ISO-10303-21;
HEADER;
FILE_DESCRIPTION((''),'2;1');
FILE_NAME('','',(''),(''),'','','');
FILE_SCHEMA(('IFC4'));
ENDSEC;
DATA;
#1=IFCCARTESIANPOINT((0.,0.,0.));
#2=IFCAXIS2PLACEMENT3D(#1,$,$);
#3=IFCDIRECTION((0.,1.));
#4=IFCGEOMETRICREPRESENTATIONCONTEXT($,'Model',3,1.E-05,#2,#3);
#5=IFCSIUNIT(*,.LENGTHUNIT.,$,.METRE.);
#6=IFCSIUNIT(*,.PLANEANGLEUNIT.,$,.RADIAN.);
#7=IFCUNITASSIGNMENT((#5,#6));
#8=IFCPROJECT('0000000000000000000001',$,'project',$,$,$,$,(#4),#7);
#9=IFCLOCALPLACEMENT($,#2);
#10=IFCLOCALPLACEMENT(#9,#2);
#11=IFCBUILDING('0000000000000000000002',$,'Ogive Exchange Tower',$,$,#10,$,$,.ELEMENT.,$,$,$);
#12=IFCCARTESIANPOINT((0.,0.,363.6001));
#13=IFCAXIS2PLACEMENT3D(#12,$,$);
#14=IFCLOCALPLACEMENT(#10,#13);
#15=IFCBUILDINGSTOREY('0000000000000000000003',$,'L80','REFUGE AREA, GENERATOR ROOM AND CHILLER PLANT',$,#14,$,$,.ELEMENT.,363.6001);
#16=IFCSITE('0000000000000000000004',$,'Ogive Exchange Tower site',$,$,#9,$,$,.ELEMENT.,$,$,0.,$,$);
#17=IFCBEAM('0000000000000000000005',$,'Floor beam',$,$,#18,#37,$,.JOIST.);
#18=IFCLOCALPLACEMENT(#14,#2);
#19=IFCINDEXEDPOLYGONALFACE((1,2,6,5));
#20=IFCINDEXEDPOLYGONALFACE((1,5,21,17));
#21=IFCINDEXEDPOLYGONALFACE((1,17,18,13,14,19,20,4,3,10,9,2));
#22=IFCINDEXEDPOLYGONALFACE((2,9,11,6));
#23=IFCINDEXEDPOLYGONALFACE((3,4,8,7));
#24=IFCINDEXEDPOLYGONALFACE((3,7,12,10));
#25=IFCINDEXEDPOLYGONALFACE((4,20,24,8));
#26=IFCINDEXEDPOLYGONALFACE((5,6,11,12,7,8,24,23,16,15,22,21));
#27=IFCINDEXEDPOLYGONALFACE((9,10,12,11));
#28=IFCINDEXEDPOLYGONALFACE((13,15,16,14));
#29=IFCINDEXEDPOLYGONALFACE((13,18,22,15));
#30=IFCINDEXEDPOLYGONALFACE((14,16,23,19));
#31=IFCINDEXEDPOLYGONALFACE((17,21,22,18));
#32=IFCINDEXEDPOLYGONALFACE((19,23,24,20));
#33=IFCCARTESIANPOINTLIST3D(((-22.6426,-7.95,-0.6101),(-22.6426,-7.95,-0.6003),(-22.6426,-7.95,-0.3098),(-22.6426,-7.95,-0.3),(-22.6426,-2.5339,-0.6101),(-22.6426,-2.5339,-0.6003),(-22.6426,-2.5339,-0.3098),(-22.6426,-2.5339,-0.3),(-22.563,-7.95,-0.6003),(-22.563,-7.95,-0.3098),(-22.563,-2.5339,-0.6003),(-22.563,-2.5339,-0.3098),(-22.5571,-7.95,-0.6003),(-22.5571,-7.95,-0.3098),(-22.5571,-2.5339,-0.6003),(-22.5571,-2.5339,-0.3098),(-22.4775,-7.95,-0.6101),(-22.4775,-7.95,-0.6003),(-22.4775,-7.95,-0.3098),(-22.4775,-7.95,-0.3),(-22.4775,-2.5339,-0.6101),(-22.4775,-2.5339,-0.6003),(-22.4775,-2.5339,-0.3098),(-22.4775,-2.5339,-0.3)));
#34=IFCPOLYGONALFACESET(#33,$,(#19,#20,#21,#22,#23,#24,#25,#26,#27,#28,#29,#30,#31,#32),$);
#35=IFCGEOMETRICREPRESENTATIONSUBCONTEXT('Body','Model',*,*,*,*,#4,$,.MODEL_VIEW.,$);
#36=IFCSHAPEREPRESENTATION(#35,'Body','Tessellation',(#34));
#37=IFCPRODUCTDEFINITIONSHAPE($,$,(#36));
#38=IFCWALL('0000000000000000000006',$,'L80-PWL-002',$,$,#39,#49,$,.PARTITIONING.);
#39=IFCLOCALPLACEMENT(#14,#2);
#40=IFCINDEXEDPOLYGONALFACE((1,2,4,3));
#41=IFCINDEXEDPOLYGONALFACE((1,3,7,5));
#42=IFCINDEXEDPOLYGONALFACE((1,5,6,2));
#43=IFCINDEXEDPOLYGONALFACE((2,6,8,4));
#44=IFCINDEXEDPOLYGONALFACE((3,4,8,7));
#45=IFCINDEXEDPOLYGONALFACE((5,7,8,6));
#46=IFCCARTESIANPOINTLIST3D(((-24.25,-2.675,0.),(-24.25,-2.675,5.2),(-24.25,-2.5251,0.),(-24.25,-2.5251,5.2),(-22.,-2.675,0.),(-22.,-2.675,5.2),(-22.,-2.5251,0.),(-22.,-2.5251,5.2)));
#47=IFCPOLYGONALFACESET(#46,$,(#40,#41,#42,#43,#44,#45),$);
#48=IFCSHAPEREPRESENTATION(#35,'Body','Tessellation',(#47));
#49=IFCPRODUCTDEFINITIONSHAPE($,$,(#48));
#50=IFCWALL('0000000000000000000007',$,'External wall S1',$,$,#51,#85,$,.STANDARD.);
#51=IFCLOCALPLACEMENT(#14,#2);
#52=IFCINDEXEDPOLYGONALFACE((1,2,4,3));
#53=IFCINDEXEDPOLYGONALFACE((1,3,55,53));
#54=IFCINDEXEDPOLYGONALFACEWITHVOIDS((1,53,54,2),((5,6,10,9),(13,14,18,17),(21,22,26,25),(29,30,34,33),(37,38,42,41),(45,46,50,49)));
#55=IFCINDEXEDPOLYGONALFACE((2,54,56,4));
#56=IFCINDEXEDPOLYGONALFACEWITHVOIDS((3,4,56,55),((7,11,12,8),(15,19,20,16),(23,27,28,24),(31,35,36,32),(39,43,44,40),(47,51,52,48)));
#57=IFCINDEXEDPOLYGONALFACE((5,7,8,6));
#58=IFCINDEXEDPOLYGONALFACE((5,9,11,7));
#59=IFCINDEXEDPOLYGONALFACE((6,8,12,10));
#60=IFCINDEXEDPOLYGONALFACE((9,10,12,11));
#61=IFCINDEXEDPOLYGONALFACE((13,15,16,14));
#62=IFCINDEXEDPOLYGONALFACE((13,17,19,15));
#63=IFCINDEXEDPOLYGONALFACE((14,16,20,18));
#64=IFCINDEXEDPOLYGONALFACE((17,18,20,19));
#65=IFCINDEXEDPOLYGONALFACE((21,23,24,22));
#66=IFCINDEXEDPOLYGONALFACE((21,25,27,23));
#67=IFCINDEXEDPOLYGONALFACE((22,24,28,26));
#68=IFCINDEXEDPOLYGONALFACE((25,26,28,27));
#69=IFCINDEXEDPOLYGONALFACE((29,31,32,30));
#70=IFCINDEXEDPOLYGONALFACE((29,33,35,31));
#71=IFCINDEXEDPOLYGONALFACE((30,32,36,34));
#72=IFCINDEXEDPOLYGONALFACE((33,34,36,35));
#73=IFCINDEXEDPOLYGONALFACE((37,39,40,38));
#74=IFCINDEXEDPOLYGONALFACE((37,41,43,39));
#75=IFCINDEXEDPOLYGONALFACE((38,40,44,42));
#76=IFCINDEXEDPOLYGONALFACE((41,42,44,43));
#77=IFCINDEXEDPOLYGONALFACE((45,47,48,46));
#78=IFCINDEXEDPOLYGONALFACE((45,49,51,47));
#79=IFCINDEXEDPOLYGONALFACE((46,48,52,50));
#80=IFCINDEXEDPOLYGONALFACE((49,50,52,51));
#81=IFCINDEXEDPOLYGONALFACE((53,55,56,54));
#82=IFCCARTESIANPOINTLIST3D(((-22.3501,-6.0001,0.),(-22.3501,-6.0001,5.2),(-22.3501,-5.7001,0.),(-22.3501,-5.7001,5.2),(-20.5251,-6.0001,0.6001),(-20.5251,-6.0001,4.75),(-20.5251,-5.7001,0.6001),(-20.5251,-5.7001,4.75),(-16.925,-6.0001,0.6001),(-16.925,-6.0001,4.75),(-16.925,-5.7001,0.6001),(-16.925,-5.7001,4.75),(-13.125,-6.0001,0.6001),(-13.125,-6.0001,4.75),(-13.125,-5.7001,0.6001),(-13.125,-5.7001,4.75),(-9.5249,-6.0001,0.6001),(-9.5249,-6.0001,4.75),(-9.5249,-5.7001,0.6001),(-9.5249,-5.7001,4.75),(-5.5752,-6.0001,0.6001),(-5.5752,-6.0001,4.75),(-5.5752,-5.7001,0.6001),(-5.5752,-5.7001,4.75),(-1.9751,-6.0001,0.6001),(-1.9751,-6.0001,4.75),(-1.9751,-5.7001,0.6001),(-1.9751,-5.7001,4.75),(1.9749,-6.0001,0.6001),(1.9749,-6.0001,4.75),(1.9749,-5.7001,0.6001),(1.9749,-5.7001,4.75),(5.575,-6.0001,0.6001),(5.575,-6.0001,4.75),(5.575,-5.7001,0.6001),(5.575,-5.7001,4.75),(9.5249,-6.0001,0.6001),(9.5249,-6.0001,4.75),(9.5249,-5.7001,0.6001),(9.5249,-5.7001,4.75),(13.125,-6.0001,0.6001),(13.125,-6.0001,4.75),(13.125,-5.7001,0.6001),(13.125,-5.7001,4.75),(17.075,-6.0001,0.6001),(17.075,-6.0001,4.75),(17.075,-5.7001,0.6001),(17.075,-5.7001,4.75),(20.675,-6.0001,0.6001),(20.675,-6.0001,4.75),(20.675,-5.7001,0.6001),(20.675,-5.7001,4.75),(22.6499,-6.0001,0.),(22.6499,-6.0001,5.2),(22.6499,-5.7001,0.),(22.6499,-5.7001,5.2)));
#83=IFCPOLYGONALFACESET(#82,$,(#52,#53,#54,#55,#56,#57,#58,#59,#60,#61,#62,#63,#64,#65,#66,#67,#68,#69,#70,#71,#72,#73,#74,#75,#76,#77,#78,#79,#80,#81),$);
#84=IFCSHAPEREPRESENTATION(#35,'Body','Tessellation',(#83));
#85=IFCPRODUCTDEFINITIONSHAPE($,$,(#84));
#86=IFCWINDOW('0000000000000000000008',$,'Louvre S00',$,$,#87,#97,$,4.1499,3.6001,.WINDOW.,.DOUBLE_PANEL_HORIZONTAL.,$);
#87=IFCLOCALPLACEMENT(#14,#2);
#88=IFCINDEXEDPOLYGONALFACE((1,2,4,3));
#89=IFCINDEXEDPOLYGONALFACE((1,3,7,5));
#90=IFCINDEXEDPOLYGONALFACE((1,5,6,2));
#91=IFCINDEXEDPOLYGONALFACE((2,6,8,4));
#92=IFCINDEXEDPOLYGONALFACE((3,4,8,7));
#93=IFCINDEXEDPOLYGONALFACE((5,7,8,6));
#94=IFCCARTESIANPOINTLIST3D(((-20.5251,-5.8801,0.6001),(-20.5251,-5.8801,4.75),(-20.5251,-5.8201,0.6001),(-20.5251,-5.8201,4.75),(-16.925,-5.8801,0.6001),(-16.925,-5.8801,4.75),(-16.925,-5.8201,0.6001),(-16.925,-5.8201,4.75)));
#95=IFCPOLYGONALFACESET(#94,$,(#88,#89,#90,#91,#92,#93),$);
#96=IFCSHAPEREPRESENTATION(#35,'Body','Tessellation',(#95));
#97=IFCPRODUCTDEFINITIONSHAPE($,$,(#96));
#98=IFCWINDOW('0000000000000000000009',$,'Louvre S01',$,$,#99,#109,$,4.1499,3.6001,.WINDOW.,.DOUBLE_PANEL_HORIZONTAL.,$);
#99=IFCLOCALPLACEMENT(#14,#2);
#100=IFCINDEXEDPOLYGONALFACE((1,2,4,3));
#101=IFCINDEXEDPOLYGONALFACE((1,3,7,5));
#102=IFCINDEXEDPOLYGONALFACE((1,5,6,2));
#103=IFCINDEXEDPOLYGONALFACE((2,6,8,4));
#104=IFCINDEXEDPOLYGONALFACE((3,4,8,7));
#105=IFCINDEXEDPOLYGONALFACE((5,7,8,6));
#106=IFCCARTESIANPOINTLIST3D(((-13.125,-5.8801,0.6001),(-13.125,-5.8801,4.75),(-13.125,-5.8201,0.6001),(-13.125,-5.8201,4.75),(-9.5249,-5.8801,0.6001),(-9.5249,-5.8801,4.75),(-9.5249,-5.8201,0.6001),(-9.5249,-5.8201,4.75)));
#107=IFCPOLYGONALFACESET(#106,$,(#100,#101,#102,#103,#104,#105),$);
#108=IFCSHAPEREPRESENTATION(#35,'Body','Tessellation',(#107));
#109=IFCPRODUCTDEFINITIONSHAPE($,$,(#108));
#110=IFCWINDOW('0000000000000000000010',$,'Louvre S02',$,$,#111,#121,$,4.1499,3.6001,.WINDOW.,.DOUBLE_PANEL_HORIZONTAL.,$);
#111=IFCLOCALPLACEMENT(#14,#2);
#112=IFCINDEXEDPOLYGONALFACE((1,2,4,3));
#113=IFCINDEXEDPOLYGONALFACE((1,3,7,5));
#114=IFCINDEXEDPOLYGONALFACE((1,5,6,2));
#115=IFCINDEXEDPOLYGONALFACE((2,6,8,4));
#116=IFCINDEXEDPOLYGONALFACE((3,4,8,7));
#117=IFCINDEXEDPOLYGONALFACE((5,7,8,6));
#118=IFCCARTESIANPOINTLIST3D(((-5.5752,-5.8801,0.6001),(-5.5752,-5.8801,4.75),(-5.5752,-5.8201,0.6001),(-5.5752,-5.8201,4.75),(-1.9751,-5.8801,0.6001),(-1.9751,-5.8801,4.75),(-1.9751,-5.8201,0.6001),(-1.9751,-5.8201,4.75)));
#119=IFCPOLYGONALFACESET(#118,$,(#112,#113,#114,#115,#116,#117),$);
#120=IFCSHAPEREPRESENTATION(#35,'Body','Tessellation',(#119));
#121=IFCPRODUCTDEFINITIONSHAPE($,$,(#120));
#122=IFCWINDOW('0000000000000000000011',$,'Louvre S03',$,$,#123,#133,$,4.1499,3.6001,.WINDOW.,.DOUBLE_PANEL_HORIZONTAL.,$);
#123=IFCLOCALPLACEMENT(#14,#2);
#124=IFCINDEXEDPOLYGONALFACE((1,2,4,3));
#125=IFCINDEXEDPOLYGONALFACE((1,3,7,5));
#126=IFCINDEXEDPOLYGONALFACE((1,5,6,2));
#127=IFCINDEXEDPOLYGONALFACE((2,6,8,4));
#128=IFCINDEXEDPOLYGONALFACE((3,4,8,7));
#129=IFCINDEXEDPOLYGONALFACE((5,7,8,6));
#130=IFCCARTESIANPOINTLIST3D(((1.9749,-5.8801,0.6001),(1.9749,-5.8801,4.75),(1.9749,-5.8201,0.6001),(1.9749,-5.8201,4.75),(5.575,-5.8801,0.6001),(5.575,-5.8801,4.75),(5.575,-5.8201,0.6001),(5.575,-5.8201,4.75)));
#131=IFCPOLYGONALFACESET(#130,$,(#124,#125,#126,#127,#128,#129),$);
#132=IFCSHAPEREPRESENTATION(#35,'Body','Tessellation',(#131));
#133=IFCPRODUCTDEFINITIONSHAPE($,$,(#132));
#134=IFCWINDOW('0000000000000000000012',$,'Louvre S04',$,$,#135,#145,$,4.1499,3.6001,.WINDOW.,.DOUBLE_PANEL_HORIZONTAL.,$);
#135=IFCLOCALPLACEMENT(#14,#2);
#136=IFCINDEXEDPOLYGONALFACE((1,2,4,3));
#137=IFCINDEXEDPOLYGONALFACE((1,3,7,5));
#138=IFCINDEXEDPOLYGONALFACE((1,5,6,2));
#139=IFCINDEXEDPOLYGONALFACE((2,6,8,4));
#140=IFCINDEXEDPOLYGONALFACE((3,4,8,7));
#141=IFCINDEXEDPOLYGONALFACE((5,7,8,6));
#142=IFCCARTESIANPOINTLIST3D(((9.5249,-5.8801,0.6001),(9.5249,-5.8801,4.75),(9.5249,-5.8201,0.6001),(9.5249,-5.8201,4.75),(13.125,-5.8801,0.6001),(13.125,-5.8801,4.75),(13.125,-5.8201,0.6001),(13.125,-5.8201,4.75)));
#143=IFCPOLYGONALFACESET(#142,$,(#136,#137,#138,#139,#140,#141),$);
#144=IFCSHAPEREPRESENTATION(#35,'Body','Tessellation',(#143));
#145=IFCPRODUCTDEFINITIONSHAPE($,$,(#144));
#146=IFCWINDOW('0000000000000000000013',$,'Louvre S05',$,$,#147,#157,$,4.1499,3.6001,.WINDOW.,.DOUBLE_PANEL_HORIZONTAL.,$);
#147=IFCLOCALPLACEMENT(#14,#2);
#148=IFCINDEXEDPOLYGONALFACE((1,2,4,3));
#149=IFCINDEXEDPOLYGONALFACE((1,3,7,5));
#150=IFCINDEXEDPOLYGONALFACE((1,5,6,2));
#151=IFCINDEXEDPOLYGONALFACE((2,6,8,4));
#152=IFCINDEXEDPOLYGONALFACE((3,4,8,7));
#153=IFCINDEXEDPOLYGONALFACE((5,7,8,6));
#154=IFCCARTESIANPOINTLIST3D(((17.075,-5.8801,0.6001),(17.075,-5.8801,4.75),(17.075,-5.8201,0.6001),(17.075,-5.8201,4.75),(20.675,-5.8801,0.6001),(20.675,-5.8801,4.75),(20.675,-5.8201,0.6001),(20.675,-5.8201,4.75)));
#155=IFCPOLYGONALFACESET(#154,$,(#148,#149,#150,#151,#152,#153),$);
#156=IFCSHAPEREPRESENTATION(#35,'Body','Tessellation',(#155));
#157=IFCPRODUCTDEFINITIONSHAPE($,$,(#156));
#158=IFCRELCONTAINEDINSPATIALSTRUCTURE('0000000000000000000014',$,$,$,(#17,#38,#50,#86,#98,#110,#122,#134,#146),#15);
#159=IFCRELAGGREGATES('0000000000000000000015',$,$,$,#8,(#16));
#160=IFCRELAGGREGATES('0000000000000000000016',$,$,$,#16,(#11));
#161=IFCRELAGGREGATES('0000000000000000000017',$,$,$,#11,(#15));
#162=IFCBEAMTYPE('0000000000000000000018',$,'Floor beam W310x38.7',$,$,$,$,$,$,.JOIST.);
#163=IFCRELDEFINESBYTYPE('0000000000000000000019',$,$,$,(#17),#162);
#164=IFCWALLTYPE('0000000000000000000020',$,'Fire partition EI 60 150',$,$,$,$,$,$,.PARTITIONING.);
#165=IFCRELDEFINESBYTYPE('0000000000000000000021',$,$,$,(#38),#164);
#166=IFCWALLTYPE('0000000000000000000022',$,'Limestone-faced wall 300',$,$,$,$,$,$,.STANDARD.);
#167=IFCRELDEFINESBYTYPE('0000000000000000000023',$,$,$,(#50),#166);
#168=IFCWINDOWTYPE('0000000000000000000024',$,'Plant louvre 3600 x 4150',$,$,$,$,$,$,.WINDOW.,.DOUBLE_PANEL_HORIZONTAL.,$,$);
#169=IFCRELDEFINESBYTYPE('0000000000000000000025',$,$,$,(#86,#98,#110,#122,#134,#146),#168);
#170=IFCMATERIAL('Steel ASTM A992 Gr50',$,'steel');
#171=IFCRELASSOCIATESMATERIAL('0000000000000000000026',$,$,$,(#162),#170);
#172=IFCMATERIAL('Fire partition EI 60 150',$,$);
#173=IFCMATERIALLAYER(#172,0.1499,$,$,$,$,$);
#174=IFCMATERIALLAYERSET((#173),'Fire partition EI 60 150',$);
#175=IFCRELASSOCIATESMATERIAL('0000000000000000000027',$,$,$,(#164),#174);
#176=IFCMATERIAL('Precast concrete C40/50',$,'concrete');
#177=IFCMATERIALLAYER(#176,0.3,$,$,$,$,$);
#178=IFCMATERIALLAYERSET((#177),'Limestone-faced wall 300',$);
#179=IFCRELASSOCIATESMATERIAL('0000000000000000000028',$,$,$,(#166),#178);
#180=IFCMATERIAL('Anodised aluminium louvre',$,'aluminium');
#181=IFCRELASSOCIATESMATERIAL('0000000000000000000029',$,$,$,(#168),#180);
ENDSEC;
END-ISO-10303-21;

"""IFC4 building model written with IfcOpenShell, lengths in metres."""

from ifc_helpers import new_model, si_unit, direction, frame, frame_2d, origin, origin_2d, place, context, subcontext, project, spatial, rectangle, i_section, extrude, material, layer, layer_set, material_profile, profile_set, type_object, element, fill, save


model = new_model("IFC4")

# Units and contexts
model_context = context("Model", 3, precision=1e-05, world=origin(), true_north=direction((0.0, 1.0)))
body_context = subcontext(model_context, "Body", "Model", "MODEL_VIEW")
ifc_project = project(units=[si_unit("LENGTHUNIT", "METRE"), si_unit("PLANEANGLEUNIT", "RADIAN")], contexts=[model_context])

# Site, building, storey
site_placement = place(None, origin())
site = spatial("IfcSite", under=ifc_project, at=site_placement, Name="Ogive Exchange Tower site", CompositionType="ELEMENT", RefElevation=0.0)
building_placement = place(site_placement, origin())
building = spatial("IfcBuilding", under=site, at=building_placement, Name="Ogive Exchange Tower", CompositionType="ELEMENT")
storey_placement = place(building_placement, frame((0.0, 0.0, 363.6001)))
storey = spatial("IfcBuildingStorey", under=building, at=storey_placement, Name="L80", Description="REFUGE AREA, GENERATOR ROOM AND CHILLER PLANT", CompositionType="ELEMENT", Elevation=363.6001)

# Shared definitions
ifc_material_1 = material(Name="Steel ASTM A992 Gr50", Category="steel")

# Beam
ifc_material_profile_1 = material_profile(ifc_material_1, i_section(OverallWidth=0.165, OverallDepth=0.3101, WebThickness=0.0059, FlangeThickness=0.0098, at=origin_2d()), Name="W310x38.7")
ifc_profile_set_1 = profile_set([ifc_material_profile_1], Name="Steel ASTM A992 Gr50")
beam_type_1 = type_object("IfcBeamType", Name="Floor beam W310x38.7", PredefinedType="JOIST", material=ifc_profile_set_1)
beam_1_placement = place(storey_placement, frame((-22.5601, -7.95, -0.4551), z_axis=(0.0, 1.0, 0.0), x_axis=(-1.0, 0.0, 0.0)))
element("IfcBeam", 1, at=beam_1_placement, inside=storey, type_object=beam_type_1, Name="Floor beam", PredefinedType="JOIST", context=body_context, shape_type="SweptSolid", body=[
    extrude(i_section(OverallWidth=0.165, OverallDepth=0.3101, WebThickness=0.0059, FlangeThickness=0.0098, at=origin_2d()), origin(), (0.0, 0.0, 1.0), 5.416),
])

# Wall
ifc_material_2 = material(Name="Fire partition EI 60 150")
ifc_layer_1 = layer(ifc_material_2, 0.1499)
ifc_layer_set_1 = layer_set([ifc_layer_1], Name="Fire partition EI 60 150")
wall_type_1 = type_object("IfcWallType", Name="Fire partition EI 60 150", PredefinedType="PARTITIONING", material=ifc_layer_set_1)
wall_1_placement = place(storey_placement, frame((-24.25, -2.6001, 0.0), z_axis=(0.0, 0.0, 1.0), x_axis=(1.0, 0.0, 0.0)))
element("IfcWall", 2, at=wall_1_placement, inside=storey, type_object=wall_type_1, Name="L80-PWL-002", PredefinedType="PARTITIONING", context=body_context, shape_type="SweptSolid", body=[
    extrude(rectangle(XDim=2.25, YDim=0.1499, at=frame_2d((1.125, 0.0))), origin(), (0.0, 0.0, 1.0), 5.2),
])

# Wall, openings, windows
ifc_material_3 = material(Name="Precast concrete C40/50", Category="concrete")
ifc_layer_2 = layer(ifc_material_3, 0.3)
ifc_layer_set_2 = layer_set([ifc_layer_2], Name="Limestone-faced wall 300")
wall_type_2 = type_object("IfcWallType", Name="Limestone-faced wall 300", PredefinedType="STANDARD", material=ifc_layer_set_2)
wall_2_placement = place(storey_placement, frame((-22.3501, -5.8501, 0.0), z_axis=(0.0, 0.0, 1.0), x_axis=(1.0, 0.0, 0.0)))
wall_2 = element("IfcWall", 3, at=wall_2_placement, inside=storey, type_object=wall_type_2, Name="External wall S1", PredefinedType="STANDARD", context=body_context, shape_type="SweptSolid", body=[
    extrude(rectangle(XDim=45.0, YDim=0.3, at=frame_2d((22.5, 0.0))), origin(), (0.0, 0.0, 1.0), 5.2),
])
opening_1_placement = place(wall_2_placement, frame((1.825, 0.0, 0.6001)))
opening_1 = element("IfcOpeningElement", 4, at=opening_1_placement, cuts=wall_2, PredefinedType="OPENING", context=body_context, shape_type="SweptSolid", body=[
    extrude(rectangle(XDim=3.6001, YDim=4.1499, at=frame_2d((1.8, 2.075))), frame((0.0, 0.1599, 0.0), z_axis=(0.0, -1.0, 0.0), x_axis=(1.0, 0.0, 0.0)), (0.0, 0.0, 1.0), 0.3201),
])
opening_2_placement = place(wall_2_placement, frame((9.2251, 0.0, 0.6001)))
opening_2 = element("IfcOpeningElement", 5, at=opening_2_placement, cuts=wall_2, PredefinedType="OPENING", context=body_context, shape_type="SweptSolid", body=[
    extrude(rectangle(XDim=3.6001, YDim=4.1499, at=frame_2d((1.8, 2.075))), frame((0.0, 0.1599, 0.0), z_axis=(0.0, -1.0, 0.0), x_axis=(1.0, 0.0, 0.0)), (0.0, 0.0, 1.0), 0.3201),
])
opening_3_placement = place(wall_2_placement, frame((16.7749, 0.0, 0.6001)))
opening_3 = element("IfcOpeningElement", 6, at=opening_3_placement, cuts=wall_2, PredefinedType="OPENING", context=body_context, shape_type="SweptSolid", body=[
    extrude(rectangle(XDim=3.6001, YDim=4.1499, at=frame_2d((1.8, 2.075))), frame((0.0, 0.1599, 0.0), z_axis=(0.0, -1.0, 0.0), x_axis=(1.0, 0.0, 0.0)), (0.0, 0.0, 1.0), 0.3201),
])
opening_4_placement = place(wall_2_placement, frame((24.325, 0.0, 0.6001)))
opening_4 = element("IfcOpeningElement", 7, at=opening_4_placement, cuts=wall_2, PredefinedType="OPENING", context=body_context, shape_type="SweptSolid", body=[
    extrude(rectangle(XDim=3.6001, YDim=4.1499, at=frame_2d((1.8, 2.075))), frame((0.0, 0.1599, 0.0), z_axis=(0.0, -1.0, 0.0), x_axis=(1.0, 0.0, 0.0)), (0.0, 0.0, 1.0), 0.3201),
])
opening_5_placement = place(wall_2_placement, frame((31.875, 0.0, 0.6001)))
opening_5 = element("IfcOpeningElement", 8, at=opening_5_placement, cuts=wall_2, PredefinedType="OPENING", context=body_context, shape_type="SweptSolid", body=[
    extrude(rectangle(XDim=3.6001, YDim=4.1499, at=frame_2d((1.8, 2.075))), frame((0.0, 0.1599, 0.0), z_axis=(0.0, -1.0, 0.0), x_axis=(1.0, 0.0, 0.0)), (0.0, 0.0, 1.0), 0.3201),
])
opening_6_placement = place(wall_2_placement, frame((39.425, 0.0, 0.6001)))
opening_6 = element("IfcOpeningElement", 9, at=opening_6_placement, cuts=wall_2, PredefinedType="OPENING", context=body_context, shape_type="SweptSolid", body=[
    extrude(rectangle(XDim=3.6001, YDim=4.1499, at=frame_2d((1.8, 2.075))), frame((0.0, 0.1599, 0.0), z_axis=(0.0, -1.0, 0.0), x_axis=(1.0, 0.0, 0.0)), (0.0, 0.0, 1.0), 0.3201),
])
ifc_material_4 = material(Name="Anodised aluminium louvre", Category="aluminium")
window_type = type_object("IfcWindowType", Name="Plant louvre 3600 x 4150", PartitioningType="DOUBLE_PANEL_HORIZONTAL", PredefinedType="WINDOW", material=ifc_material_4)
window_1_placement = place(opening_1_placement, origin())
window_1 = element("IfcWindow", 10, at=window_1_placement, inside=storey, type_object=window_type, Name="Louvre S00", OverallHeight=4.1499, OverallWidth=3.6001, PartitioningType="DOUBLE_PANEL_HORIZONTAL", PredefinedType="WINDOW", context=body_context, shape_type="SweptSolid", body=[
    extrude(rectangle(XDim=3.6001, YDim=4.1499, at=frame_2d((1.8, 2.075))), frame((0.0, 0.03, 0.0), z_axis=(0.0, -1.0, 0.0), x_axis=(1.0, 0.0, 0.0)), (0.0, 0.0, 1.0), 0.0601),
])
fill(opening_1, window_1)
window_2_placement = place(opening_2_placement, origin())
window_2 = element("IfcWindow", 11, at=window_2_placement, inside=storey, type_object=window_type, Name="Louvre S01", OverallHeight=4.1499, OverallWidth=3.6001, PartitioningType="DOUBLE_PANEL_HORIZONTAL", PredefinedType="WINDOW", context=body_context, shape_type="SweptSolid", body=[
    extrude(rectangle(XDim=3.6001, YDim=4.1499, at=frame_2d((1.8, 2.075))), frame((0.0, 0.03, 0.0), z_axis=(0.0, -1.0, 0.0), x_axis=(1.0, 0.0, 0.0)), (0.0, 0.0, 1.0), 0.0601),
])
fill(opening_2, window_2)
window_3_placement = place(opening_3_placement, origin())
window_3 = element("IfcWindow", 12, at=window_3_placement, inside=storey, type_object=window_type, Name="Louvre S02", OverallHeight=4.1499, OverallWidth=3.6001, PartitioningType="DOUBLE_PANEL_HORIZONTAL", PredefinedType="WINDOW", context=body_context, shape_type="SweptSolid", body=[
    extrude(rectangle(XDim=3.6001, YDim=4.1499, at=frame_2d((1.8, 2.075))), frame((0.0, 0.03, 0.0), z_axis=(0.0, -1.0, 0.0), x_axis=(1.0, 0.0, 0.0)), (0.0, 0.0, 1.0), 0.0601),
])
fill(opening_3, window_3)
window_4_placement = place(opening_4_placement, origin())
window_4 = element("IfcWindow", 13, at=window_4_placement, inside=storey, type_object=window_type, Name="Louvre S03", OverallHeight=4.1499, OverallWidth=3.6001, PartitioningType="DOUBLE_PANEL_HORIZONTAL", PredefinedType="WINDOW", context=body_context, shape_type="SweptSolid", body=[
    extrude(rectangle(XDim=3.6001, YDim=4.1499, at=frame_2d((1.8, 2.075))), frame((0.0, 0.03, 0.0), z_axis=(0.0, -1.0, 0.0), x_axis=(1.0, 0.0, 0.0)), (0.0, 0.0, 1.0), 0.0601),
])
fill(opening_4, window_4)
window_5_placement = place(opening_5_placement, origin())
window_5 = element("IfcWindow", 14, at=window_5_placement, inside=storey, type_object=window_type, Name="Louvre S04", OverallHeight=4.1499, OverallWidth=3.6001, PartitioningType="DOUBLE_PANEL_HORIZONTAL", PredefinedType="WINDOW", context=body_context, shape_type="SweptSolid", body=[
    extrude(rectangle(XDim=3.6001, YDim=4.1499, at=frame_2d((1.8, 2.075))), frame((0.0, 0.03, 0.0), z_axis=(0.0, -1.0, 0.0), x_axis=(1.0, 0.0, 0.0)), (0.0, 0.0, 1.0), 0.0601),
])
fill(opening_5, window_5)
window_6_placement = place(opening_6_placement, origin())
window_6 = element("IfcWindow", 15, at=window_6_placement, inside=storey, type_object=window_type, Name="Louvre S05", OverallHeight=4.1499, OverallWidth=3.6001, PartitioningType="DOUBLE_PANEL_HORIZONTAL", PredefinedType="WINDOW", context=body_context, shape_type="SweptSolid", body=[
    extrude(rectangle(XDim=3.6001, YDim=4.1499, at=frame_2d((1.8, 2.075))), frame((0.0, 0.03, 0.0), z_axis=(0.0, -1.0, 0.0), x_axis=(1.0, 0.0, 0.0)), (0.0, 0.0, 1.0), 0.0601),
])
fill(opening_6, window_6)

save(model, "model.ifc")
